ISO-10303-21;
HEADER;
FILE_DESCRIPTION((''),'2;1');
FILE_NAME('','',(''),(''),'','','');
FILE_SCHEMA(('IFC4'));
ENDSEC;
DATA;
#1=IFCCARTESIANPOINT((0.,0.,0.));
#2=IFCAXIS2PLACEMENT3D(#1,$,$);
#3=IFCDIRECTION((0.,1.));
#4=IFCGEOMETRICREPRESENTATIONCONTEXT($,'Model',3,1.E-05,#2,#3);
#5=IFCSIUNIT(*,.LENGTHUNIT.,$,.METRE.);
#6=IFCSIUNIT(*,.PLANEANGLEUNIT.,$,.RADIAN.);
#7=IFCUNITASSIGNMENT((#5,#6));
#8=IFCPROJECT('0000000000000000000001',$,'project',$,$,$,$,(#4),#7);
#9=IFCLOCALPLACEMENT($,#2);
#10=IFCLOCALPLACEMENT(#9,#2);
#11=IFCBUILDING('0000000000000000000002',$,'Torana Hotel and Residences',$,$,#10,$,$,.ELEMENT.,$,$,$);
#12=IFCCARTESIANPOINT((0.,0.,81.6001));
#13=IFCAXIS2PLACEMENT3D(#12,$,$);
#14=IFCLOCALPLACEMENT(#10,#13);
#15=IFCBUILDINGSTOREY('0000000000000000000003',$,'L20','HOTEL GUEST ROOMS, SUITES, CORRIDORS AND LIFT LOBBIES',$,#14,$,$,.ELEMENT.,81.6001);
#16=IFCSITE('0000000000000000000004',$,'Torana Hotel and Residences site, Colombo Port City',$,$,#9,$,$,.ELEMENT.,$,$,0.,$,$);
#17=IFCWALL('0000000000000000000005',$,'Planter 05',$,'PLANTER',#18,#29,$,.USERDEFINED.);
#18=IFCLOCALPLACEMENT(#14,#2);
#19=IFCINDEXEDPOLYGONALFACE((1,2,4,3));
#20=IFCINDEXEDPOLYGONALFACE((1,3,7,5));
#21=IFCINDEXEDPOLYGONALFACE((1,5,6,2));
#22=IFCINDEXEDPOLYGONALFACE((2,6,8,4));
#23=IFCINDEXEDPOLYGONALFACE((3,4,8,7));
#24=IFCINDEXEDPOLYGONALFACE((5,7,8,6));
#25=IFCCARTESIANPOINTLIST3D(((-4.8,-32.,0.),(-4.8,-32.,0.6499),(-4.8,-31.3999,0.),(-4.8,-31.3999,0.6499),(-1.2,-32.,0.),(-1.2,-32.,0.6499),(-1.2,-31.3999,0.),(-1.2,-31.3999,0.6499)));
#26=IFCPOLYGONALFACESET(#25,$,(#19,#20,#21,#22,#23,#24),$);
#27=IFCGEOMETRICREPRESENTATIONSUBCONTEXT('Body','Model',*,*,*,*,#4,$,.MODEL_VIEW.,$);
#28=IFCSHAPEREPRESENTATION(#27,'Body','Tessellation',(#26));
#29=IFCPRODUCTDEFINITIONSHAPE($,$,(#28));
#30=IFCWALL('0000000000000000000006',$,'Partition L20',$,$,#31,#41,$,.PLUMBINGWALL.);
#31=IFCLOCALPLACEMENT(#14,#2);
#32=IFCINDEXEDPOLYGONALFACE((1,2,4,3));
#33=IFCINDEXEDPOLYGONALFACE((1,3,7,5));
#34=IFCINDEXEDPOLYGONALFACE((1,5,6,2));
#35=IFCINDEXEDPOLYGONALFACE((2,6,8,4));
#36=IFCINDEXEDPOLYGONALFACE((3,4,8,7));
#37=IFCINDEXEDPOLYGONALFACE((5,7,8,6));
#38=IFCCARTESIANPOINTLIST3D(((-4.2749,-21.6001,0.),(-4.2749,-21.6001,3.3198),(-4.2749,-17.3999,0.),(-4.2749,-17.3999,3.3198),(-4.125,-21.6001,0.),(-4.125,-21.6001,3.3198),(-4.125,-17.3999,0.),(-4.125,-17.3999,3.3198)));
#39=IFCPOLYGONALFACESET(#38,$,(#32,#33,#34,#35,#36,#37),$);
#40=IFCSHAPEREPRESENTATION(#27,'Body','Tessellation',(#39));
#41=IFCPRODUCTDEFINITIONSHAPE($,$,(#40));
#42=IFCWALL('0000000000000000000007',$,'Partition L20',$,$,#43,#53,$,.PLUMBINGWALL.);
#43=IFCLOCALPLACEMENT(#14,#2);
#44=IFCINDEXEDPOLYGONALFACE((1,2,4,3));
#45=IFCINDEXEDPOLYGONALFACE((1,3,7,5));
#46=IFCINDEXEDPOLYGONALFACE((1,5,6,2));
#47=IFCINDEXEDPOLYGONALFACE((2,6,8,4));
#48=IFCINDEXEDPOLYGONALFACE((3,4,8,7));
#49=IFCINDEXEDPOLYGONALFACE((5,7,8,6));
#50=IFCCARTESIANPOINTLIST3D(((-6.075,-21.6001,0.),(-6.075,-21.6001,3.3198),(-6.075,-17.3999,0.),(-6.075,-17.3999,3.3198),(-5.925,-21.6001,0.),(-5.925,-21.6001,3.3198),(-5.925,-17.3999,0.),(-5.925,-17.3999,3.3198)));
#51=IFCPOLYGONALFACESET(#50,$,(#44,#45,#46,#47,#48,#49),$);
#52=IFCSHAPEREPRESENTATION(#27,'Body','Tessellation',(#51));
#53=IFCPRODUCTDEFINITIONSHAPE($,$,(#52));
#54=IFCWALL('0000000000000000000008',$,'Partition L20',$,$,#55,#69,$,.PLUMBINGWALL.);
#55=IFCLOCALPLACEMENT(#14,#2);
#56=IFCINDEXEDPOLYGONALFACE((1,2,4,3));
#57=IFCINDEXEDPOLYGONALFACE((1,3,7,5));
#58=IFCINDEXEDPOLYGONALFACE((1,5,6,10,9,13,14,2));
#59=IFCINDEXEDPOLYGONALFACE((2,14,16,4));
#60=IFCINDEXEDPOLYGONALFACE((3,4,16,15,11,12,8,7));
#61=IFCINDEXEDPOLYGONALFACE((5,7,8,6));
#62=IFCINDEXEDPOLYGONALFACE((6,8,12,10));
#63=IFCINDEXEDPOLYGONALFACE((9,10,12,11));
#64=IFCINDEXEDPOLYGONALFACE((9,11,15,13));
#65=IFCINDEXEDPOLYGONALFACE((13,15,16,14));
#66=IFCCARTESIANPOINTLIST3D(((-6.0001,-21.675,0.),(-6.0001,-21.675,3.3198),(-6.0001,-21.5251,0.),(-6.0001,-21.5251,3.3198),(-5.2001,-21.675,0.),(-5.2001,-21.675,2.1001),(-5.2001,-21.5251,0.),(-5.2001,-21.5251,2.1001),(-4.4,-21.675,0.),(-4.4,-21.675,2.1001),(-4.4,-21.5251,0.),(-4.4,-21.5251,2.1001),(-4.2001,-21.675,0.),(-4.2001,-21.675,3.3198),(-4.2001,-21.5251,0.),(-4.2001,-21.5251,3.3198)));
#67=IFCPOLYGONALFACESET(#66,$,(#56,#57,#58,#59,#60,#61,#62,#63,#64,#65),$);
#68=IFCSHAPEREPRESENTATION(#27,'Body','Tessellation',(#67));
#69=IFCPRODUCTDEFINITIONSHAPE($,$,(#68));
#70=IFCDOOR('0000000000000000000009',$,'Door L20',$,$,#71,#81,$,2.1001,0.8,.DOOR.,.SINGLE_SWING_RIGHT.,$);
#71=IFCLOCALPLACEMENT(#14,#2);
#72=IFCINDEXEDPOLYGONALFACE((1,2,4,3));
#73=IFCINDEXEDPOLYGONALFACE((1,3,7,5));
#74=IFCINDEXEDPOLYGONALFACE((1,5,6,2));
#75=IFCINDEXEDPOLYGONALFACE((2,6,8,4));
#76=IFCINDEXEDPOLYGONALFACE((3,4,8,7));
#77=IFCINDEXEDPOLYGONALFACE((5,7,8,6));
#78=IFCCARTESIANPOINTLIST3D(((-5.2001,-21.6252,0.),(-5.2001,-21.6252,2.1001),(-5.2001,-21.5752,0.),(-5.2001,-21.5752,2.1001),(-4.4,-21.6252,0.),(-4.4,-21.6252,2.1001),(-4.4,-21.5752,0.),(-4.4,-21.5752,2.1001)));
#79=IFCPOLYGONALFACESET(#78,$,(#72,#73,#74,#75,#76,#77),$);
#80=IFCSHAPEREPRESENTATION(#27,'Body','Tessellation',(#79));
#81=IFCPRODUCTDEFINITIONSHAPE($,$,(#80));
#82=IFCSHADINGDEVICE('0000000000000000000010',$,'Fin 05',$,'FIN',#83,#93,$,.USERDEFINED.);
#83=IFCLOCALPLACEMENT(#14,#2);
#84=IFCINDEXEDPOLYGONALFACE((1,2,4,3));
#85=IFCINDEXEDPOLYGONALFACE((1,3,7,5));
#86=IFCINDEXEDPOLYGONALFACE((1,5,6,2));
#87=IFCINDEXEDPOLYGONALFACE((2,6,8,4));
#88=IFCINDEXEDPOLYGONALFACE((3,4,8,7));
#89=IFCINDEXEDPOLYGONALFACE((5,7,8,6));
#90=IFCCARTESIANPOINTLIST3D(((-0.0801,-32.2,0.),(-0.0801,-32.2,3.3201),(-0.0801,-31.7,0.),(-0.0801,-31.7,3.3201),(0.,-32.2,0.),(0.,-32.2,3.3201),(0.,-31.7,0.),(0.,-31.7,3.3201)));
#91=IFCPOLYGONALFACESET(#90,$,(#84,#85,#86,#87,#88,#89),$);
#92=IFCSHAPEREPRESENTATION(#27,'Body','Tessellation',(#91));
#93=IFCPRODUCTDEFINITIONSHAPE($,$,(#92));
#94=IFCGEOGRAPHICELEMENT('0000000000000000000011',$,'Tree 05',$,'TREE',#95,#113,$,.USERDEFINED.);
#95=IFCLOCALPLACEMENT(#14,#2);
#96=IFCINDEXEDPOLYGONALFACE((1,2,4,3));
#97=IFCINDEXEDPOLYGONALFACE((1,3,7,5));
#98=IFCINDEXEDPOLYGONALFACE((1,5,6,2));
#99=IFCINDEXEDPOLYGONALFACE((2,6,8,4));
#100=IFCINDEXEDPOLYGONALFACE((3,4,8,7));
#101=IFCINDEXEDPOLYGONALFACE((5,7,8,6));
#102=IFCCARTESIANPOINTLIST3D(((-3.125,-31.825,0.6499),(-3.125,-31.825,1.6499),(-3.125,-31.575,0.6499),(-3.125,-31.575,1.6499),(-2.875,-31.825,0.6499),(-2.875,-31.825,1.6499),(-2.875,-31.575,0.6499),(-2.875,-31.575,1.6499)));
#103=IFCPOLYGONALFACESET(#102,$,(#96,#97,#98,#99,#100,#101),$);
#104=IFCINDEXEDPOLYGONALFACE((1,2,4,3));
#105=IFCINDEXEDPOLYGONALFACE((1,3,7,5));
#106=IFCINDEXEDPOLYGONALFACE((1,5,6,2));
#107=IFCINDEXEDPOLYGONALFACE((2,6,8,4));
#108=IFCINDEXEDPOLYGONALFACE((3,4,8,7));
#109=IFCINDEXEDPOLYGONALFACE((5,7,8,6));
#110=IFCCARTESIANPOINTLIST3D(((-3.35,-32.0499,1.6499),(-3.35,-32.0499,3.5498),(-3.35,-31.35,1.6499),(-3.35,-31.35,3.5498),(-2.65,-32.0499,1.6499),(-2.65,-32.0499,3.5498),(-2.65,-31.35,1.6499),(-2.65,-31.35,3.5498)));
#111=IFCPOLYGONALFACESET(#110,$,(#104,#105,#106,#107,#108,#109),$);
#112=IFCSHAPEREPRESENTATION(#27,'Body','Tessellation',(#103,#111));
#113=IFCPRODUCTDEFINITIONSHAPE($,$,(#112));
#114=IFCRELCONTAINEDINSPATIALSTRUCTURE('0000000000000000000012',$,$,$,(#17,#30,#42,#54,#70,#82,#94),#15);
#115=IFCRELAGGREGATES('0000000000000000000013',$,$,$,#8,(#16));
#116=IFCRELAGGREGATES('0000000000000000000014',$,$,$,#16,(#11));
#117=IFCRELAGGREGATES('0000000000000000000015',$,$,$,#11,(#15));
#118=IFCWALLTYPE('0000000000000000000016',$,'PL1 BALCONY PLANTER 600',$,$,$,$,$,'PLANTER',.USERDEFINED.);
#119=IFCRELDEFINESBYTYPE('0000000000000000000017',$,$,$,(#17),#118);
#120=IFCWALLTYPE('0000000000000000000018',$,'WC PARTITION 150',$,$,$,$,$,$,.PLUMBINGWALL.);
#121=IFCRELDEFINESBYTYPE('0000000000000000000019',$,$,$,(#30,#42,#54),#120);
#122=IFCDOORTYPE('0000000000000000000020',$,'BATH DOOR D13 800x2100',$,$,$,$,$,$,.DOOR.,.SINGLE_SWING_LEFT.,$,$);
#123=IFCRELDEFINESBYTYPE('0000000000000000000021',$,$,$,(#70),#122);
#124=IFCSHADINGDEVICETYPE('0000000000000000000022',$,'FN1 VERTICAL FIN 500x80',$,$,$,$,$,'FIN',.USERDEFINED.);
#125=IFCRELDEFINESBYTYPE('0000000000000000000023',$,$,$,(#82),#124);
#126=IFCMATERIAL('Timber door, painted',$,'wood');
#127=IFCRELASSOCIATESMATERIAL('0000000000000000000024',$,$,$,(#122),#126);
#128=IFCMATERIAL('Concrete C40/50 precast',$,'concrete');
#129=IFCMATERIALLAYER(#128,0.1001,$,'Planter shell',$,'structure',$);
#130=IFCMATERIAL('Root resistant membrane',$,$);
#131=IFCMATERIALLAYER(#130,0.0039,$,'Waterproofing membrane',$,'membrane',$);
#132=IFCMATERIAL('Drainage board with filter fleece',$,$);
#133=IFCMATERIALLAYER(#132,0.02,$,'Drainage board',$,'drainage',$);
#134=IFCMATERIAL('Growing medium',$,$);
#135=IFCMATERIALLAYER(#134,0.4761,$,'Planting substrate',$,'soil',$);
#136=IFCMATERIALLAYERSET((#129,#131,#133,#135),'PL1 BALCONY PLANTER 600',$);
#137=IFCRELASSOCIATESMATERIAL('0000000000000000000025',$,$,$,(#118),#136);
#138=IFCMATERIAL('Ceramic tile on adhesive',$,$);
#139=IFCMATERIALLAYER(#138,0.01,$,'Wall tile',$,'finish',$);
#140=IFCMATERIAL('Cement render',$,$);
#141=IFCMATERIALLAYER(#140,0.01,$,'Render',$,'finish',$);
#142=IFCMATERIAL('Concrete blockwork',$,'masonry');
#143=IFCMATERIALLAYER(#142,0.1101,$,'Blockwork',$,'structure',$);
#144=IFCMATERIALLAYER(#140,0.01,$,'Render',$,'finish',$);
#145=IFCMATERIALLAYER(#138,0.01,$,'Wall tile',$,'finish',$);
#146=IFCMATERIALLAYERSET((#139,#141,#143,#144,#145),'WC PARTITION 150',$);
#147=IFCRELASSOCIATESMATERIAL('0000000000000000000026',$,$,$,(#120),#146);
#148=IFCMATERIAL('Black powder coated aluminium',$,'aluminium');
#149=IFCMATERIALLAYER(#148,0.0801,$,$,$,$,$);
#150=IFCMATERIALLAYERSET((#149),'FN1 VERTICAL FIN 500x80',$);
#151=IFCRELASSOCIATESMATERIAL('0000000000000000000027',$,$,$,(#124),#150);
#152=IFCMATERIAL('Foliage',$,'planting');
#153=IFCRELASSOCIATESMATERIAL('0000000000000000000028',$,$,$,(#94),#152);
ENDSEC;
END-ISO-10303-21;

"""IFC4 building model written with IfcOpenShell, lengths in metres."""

from ifc_helpers import new_model, si_unit, direction, frame, frame_2d, origin, origin_2d, place, context, subcontext, project, spatial, rectangle, extrude, material, layer, layer_set, type_object, element, fill, save


model = new_model("IFC4")

# Units and contexts
model_context = context("Model", 3, precision=1e-05, world=origin(), true_north=direction((0.0, 1.0)))
body_context = subcontext(model_context, "Body", "Model", "MODEL_VIEW")
ifc_project = project(units=[si_unit("LENGTHUNIT", "METRE"), si_unit("PLANEANGLEUNIT", "RADIAN")], contexts=[model_context])

# Site, building, storey
site_placement = place(None, origin())
site = spatial("IfcSite", under=ifc_project, at=site_placement, Name="Torana Hotel and Residences site, Colombo Port City", CompositionType="ELEMENT", RefElevation=0.0)
building_placement = place(site_placement, origin())
building = spatial("IfcBuilding", under=site, at=building_placement, Name="Torana Hotel and Residences", CompositionType="ELEMENT")
storey_placement = place(building_placement, frame((0.0, 0.0, 81.6001)))
storey = spatial("IfcBuildingStorey", under=building, at=storey_placement, Name="L20", Description="HOTEL GUEST ROOMS, SUITES, CORRIDORS AND LIFT LOBBIES", CompositionType="ELEMENT", Elevation=81.6001)

# Shared definitions
ifc_material_1 = material(Name="Timber door, painted", Category="wood")
door_type_1 = type_object("IfcDoorType", Name="BATH DOOR D13 800x2100", OperationType="SINGLE_SWING_LEFT", PredefinedType="DOOR", material=ifc_material_1)

# Walls
ifc_material_2 = material(Name="Concrete C40/50 precast", Category="concrete")
ifc_layer_1 = layer(ifc_material_2, 0.1001, Name="Planter shell", Category="structure")
ifc_material_3 = material(Name="Root resistant membrane")
ifc_layer_2 = layer(ifc_material_3, 0.0039, Name="Waterproofing membrane", Category="membrane")
ifc_material_4 = material(Name="Drainage board with filter fleece")
ifc_layer_3 = layer(ifc_material_4, 0.02, Name="Drainage board", Category="drainage")
ifc_material_5 = material(Name="Growing medium")
ifc_layer_4 = layer(ifc_material_5, 0.4761, Name="Planting substrate", Category="soil")
ifc_layer_set_1 = layer_set([ifc_layer_1, ifc_layer_2, ifc_layer_3, ifc_layer_4], Name="PL1 BALCONY PLANTER 600")
wall_type_1 = type_object("IfcWallType", Name="PL1 BALCONY PLANTER 600", ElementType="PLANTER", PredefinedType="USERDEFINED", material=ifc_layer_set_1)
for number, where, z_axis, x_axis, name in (
    (1, (-1.2, -31.7, 0.0), (0.0, 0.0, 1.0), (-1.0, 0.0, 0.0), "Planter 05"),
):
    element("IfcWall", number, at=place(storey_placement, frame(where, z_axis=z_axis, x_axis=x_axis)), inside=storey, type_object=wall_type_1, Name=name, ObjectType="PLANTER", PredefinedType="USERDEFINED", context=body_context, shape_type="SweptSolid", body=[
        extrude(rectangle(XDim=3.6001, YDim=0.6001, at=frame_2d((1.8, 0.0))), origin(), (0.0, 0.0, 1.0), 0.6499),
    ])
ifc_material_6 = material(Name="Ceramic tile on adhesive")
ifc_layer_5 = layer(ifc_material_6, 0.01, Name="Wall tile", Category="finish")
ifc_material_7 = material(Name="Cement render")
ifc_layer_6 = layer(ifc_material_7, 0.01, Name="Render", Category="finish")
ifc_material_8 = material(Name="Concrete blockwork", Category="masonry")
ifc_layer_7 = layer(ifc_material_8, 0.1101, Name="Blockwork", Category="structure")
ifc_layer_8 = layer(ifc_material_7, 0.01, Name="Render", Category="finish")
ifc_layer_9 = layer(ifc_material_6, 0.01, Name="Wall tile", Category="finish")
ifc_layer_set_2 = layer_set([ifc_layer_5, ifc_layer_6, ifc_layer_7, ifc_layer_8, ifc_layer_9], Name="WC PARTITION 150")
wall_type_2 = type_object("IfcWallType", Name="WC PARTITION 150", PredefinedType="PLUMBINGWALL", material=ifc_layer_set_2)
for number, where, z_axis, x_axis, name in (
    (2, (-4.2, -21.6001, 0.0), (0.0, 0.0, 1.0), (0.0, 1.0, 0.0), "Partition L20"),
    (3, (-6.0, -21.6001, 0.0), (0.0, 0.0, 1.0), (0.0, 1.0, 0.0), "Partition L20"),
):
    element("IfcWall", number, at=place(storey_placement, frame(where, z_axis=z_axis, x_axis=x_axis)), inside=storey, type_object=wall_type_2, Name=name, PredefinedType="PLUMBINGWALL", context=body_context, shape_type="SweptSolid", body=[
        extrude(rectangle(XDim=4.2002, YDim=0.1499, at=frame_2d((2.1001, 0.0))), origin(), (0.0, 0.0, 1.0), 3.3198),
    ])

# Wall, opening, door
wall_1_placement = place(storey_placement, frame((-6.0, -21.6001, 0.0), z_axis=(0.0, 0.0, 1.0), x_axis=(1.0, 0.0, 0.0)))
wall_1 = element("IfcWall", 4, at=wall_1_placement, inside=storey, type_object=wall_type_2, Name="Partition L20", PredefinedType="PLUMBINGWALL", context=body_context, shape_type="SweptSolid", body=[
    extrude(rectangle(XDim=1.8, YDim=0.1499, at=frame_2d((0.8999, 0.0))), origin(), (0.0, 0.0, 1.0), 3.3198),
])
opening_1_placement = place(wall_1_placement, frame((0.8, 0.0, 0.0)))
opening_1 = element("IfcOpeningElement", 5, at=opening_1_placement, cuts=wall_1, PredefinedType="OPENING", context=body_context, shape_type="SweptSolid", body=[
    extrude(rectangle(XDim=0.8, YDim=2.1001, at=frame_2d((0.3999, 1.05))), frame((0.0, 0.085, 0.0), z_axis=(0.0, -1.0, 0.0), x_axis=(1.0, 0.0, 0.0)), (0.0, 0.0, 1.0), 0.1699),
])
door_1_placement = place(opening_1_placement, origin())
door_1 = element("IfcDoor", 6, at=door_1_placement, inside=storey, type_object=door_type_1, Name="Door L20", OperationType="SINGLE_SWING_RIGHT", OverallHeight=2.1001, OverallWidth=0.8, PredefinedType="DOOR", context=body_context, shape_type="SweptSolid", body=[
    extrude(rectangle(XDim=0.8, YDim=2.1001, at=frame_2d((0.3999, 1.05))), frame((0.0, 0.0249, 0.0), z_axis=(0.0, -1.0, 0.0), x_axis=(1.0, 0.0, 0.0)), (0.0, 0.0, 1.0), 0.05),
])
fill(opening_1, door_1)

# Shading device
ifc_material_9 = material(Name="Black powder coated aluminium", Category="aluminium")
ifc_layer_10 = layer(ifc_material_9, 0.0801)
ifc_layer_set_3 = layer_set([ifc_layer_10], Name="FN1 VERTICAL FIN 500x80")
shading_device_type = type_object("IfcShadingDeviceType", Name="FN1 VERTICAL FIN 500x80", ElementType="FIN", PredefinedType="USERDEFINED", material=ifc_layer_set_3)
shading_device_placement = place(storey_placement, frame((-0.04, -31.95, 0.0), z_axis=(0.0, 0.0, 1.0), x_axis=(-1.0, 0.0, 0.0)))
element("IfcShadingDevice", 7, at=shading_device_placement, inside=storey, type_object=shading_device_type, Name="Fin 05", ObjectType="FIN", PredefinedType="USERDEFINED", context=body_context, shape_type="SweptSolid", body=[
    extrude(rectangle(XDim=0.0801, YDim=0.5, at=origin_2d()), origin(), (0.0, 0.0, 1.0), 3.3201),
])

# Geographic element
ifc_material_10 = material(Name="Foliage", Category="planting")
geographic_element_placement = place(storey_placement, frame((-3.0, -31.7, 0.6499), z_axis=(0.0, 0.0, 1.0), x_axis=(1.0, 0.0, 0.0)))
element("IfcGeographicElement", 8, at=geographic_element_placement, inside=storey, material=ifc_material_10, Name="Tree 05", ObjectType="TREE", PredefinedType="USERDEFINED", context=body_context, shape_type="SweptSolid", body=[
    extrude(rectangle(XDim=0.25, YDim=0.25, at=origin_2d()), origin(), (0.0, 0.0, 1.0), 1.0),
    extrude(rectangle(XDim=0.7, YDim=0.7, at=origin_2d()), frame((0.0, 0.0, 1.0)), (0.0, 0.0, 1.0), 1.8999),
])

save(model, "model.ifc")
